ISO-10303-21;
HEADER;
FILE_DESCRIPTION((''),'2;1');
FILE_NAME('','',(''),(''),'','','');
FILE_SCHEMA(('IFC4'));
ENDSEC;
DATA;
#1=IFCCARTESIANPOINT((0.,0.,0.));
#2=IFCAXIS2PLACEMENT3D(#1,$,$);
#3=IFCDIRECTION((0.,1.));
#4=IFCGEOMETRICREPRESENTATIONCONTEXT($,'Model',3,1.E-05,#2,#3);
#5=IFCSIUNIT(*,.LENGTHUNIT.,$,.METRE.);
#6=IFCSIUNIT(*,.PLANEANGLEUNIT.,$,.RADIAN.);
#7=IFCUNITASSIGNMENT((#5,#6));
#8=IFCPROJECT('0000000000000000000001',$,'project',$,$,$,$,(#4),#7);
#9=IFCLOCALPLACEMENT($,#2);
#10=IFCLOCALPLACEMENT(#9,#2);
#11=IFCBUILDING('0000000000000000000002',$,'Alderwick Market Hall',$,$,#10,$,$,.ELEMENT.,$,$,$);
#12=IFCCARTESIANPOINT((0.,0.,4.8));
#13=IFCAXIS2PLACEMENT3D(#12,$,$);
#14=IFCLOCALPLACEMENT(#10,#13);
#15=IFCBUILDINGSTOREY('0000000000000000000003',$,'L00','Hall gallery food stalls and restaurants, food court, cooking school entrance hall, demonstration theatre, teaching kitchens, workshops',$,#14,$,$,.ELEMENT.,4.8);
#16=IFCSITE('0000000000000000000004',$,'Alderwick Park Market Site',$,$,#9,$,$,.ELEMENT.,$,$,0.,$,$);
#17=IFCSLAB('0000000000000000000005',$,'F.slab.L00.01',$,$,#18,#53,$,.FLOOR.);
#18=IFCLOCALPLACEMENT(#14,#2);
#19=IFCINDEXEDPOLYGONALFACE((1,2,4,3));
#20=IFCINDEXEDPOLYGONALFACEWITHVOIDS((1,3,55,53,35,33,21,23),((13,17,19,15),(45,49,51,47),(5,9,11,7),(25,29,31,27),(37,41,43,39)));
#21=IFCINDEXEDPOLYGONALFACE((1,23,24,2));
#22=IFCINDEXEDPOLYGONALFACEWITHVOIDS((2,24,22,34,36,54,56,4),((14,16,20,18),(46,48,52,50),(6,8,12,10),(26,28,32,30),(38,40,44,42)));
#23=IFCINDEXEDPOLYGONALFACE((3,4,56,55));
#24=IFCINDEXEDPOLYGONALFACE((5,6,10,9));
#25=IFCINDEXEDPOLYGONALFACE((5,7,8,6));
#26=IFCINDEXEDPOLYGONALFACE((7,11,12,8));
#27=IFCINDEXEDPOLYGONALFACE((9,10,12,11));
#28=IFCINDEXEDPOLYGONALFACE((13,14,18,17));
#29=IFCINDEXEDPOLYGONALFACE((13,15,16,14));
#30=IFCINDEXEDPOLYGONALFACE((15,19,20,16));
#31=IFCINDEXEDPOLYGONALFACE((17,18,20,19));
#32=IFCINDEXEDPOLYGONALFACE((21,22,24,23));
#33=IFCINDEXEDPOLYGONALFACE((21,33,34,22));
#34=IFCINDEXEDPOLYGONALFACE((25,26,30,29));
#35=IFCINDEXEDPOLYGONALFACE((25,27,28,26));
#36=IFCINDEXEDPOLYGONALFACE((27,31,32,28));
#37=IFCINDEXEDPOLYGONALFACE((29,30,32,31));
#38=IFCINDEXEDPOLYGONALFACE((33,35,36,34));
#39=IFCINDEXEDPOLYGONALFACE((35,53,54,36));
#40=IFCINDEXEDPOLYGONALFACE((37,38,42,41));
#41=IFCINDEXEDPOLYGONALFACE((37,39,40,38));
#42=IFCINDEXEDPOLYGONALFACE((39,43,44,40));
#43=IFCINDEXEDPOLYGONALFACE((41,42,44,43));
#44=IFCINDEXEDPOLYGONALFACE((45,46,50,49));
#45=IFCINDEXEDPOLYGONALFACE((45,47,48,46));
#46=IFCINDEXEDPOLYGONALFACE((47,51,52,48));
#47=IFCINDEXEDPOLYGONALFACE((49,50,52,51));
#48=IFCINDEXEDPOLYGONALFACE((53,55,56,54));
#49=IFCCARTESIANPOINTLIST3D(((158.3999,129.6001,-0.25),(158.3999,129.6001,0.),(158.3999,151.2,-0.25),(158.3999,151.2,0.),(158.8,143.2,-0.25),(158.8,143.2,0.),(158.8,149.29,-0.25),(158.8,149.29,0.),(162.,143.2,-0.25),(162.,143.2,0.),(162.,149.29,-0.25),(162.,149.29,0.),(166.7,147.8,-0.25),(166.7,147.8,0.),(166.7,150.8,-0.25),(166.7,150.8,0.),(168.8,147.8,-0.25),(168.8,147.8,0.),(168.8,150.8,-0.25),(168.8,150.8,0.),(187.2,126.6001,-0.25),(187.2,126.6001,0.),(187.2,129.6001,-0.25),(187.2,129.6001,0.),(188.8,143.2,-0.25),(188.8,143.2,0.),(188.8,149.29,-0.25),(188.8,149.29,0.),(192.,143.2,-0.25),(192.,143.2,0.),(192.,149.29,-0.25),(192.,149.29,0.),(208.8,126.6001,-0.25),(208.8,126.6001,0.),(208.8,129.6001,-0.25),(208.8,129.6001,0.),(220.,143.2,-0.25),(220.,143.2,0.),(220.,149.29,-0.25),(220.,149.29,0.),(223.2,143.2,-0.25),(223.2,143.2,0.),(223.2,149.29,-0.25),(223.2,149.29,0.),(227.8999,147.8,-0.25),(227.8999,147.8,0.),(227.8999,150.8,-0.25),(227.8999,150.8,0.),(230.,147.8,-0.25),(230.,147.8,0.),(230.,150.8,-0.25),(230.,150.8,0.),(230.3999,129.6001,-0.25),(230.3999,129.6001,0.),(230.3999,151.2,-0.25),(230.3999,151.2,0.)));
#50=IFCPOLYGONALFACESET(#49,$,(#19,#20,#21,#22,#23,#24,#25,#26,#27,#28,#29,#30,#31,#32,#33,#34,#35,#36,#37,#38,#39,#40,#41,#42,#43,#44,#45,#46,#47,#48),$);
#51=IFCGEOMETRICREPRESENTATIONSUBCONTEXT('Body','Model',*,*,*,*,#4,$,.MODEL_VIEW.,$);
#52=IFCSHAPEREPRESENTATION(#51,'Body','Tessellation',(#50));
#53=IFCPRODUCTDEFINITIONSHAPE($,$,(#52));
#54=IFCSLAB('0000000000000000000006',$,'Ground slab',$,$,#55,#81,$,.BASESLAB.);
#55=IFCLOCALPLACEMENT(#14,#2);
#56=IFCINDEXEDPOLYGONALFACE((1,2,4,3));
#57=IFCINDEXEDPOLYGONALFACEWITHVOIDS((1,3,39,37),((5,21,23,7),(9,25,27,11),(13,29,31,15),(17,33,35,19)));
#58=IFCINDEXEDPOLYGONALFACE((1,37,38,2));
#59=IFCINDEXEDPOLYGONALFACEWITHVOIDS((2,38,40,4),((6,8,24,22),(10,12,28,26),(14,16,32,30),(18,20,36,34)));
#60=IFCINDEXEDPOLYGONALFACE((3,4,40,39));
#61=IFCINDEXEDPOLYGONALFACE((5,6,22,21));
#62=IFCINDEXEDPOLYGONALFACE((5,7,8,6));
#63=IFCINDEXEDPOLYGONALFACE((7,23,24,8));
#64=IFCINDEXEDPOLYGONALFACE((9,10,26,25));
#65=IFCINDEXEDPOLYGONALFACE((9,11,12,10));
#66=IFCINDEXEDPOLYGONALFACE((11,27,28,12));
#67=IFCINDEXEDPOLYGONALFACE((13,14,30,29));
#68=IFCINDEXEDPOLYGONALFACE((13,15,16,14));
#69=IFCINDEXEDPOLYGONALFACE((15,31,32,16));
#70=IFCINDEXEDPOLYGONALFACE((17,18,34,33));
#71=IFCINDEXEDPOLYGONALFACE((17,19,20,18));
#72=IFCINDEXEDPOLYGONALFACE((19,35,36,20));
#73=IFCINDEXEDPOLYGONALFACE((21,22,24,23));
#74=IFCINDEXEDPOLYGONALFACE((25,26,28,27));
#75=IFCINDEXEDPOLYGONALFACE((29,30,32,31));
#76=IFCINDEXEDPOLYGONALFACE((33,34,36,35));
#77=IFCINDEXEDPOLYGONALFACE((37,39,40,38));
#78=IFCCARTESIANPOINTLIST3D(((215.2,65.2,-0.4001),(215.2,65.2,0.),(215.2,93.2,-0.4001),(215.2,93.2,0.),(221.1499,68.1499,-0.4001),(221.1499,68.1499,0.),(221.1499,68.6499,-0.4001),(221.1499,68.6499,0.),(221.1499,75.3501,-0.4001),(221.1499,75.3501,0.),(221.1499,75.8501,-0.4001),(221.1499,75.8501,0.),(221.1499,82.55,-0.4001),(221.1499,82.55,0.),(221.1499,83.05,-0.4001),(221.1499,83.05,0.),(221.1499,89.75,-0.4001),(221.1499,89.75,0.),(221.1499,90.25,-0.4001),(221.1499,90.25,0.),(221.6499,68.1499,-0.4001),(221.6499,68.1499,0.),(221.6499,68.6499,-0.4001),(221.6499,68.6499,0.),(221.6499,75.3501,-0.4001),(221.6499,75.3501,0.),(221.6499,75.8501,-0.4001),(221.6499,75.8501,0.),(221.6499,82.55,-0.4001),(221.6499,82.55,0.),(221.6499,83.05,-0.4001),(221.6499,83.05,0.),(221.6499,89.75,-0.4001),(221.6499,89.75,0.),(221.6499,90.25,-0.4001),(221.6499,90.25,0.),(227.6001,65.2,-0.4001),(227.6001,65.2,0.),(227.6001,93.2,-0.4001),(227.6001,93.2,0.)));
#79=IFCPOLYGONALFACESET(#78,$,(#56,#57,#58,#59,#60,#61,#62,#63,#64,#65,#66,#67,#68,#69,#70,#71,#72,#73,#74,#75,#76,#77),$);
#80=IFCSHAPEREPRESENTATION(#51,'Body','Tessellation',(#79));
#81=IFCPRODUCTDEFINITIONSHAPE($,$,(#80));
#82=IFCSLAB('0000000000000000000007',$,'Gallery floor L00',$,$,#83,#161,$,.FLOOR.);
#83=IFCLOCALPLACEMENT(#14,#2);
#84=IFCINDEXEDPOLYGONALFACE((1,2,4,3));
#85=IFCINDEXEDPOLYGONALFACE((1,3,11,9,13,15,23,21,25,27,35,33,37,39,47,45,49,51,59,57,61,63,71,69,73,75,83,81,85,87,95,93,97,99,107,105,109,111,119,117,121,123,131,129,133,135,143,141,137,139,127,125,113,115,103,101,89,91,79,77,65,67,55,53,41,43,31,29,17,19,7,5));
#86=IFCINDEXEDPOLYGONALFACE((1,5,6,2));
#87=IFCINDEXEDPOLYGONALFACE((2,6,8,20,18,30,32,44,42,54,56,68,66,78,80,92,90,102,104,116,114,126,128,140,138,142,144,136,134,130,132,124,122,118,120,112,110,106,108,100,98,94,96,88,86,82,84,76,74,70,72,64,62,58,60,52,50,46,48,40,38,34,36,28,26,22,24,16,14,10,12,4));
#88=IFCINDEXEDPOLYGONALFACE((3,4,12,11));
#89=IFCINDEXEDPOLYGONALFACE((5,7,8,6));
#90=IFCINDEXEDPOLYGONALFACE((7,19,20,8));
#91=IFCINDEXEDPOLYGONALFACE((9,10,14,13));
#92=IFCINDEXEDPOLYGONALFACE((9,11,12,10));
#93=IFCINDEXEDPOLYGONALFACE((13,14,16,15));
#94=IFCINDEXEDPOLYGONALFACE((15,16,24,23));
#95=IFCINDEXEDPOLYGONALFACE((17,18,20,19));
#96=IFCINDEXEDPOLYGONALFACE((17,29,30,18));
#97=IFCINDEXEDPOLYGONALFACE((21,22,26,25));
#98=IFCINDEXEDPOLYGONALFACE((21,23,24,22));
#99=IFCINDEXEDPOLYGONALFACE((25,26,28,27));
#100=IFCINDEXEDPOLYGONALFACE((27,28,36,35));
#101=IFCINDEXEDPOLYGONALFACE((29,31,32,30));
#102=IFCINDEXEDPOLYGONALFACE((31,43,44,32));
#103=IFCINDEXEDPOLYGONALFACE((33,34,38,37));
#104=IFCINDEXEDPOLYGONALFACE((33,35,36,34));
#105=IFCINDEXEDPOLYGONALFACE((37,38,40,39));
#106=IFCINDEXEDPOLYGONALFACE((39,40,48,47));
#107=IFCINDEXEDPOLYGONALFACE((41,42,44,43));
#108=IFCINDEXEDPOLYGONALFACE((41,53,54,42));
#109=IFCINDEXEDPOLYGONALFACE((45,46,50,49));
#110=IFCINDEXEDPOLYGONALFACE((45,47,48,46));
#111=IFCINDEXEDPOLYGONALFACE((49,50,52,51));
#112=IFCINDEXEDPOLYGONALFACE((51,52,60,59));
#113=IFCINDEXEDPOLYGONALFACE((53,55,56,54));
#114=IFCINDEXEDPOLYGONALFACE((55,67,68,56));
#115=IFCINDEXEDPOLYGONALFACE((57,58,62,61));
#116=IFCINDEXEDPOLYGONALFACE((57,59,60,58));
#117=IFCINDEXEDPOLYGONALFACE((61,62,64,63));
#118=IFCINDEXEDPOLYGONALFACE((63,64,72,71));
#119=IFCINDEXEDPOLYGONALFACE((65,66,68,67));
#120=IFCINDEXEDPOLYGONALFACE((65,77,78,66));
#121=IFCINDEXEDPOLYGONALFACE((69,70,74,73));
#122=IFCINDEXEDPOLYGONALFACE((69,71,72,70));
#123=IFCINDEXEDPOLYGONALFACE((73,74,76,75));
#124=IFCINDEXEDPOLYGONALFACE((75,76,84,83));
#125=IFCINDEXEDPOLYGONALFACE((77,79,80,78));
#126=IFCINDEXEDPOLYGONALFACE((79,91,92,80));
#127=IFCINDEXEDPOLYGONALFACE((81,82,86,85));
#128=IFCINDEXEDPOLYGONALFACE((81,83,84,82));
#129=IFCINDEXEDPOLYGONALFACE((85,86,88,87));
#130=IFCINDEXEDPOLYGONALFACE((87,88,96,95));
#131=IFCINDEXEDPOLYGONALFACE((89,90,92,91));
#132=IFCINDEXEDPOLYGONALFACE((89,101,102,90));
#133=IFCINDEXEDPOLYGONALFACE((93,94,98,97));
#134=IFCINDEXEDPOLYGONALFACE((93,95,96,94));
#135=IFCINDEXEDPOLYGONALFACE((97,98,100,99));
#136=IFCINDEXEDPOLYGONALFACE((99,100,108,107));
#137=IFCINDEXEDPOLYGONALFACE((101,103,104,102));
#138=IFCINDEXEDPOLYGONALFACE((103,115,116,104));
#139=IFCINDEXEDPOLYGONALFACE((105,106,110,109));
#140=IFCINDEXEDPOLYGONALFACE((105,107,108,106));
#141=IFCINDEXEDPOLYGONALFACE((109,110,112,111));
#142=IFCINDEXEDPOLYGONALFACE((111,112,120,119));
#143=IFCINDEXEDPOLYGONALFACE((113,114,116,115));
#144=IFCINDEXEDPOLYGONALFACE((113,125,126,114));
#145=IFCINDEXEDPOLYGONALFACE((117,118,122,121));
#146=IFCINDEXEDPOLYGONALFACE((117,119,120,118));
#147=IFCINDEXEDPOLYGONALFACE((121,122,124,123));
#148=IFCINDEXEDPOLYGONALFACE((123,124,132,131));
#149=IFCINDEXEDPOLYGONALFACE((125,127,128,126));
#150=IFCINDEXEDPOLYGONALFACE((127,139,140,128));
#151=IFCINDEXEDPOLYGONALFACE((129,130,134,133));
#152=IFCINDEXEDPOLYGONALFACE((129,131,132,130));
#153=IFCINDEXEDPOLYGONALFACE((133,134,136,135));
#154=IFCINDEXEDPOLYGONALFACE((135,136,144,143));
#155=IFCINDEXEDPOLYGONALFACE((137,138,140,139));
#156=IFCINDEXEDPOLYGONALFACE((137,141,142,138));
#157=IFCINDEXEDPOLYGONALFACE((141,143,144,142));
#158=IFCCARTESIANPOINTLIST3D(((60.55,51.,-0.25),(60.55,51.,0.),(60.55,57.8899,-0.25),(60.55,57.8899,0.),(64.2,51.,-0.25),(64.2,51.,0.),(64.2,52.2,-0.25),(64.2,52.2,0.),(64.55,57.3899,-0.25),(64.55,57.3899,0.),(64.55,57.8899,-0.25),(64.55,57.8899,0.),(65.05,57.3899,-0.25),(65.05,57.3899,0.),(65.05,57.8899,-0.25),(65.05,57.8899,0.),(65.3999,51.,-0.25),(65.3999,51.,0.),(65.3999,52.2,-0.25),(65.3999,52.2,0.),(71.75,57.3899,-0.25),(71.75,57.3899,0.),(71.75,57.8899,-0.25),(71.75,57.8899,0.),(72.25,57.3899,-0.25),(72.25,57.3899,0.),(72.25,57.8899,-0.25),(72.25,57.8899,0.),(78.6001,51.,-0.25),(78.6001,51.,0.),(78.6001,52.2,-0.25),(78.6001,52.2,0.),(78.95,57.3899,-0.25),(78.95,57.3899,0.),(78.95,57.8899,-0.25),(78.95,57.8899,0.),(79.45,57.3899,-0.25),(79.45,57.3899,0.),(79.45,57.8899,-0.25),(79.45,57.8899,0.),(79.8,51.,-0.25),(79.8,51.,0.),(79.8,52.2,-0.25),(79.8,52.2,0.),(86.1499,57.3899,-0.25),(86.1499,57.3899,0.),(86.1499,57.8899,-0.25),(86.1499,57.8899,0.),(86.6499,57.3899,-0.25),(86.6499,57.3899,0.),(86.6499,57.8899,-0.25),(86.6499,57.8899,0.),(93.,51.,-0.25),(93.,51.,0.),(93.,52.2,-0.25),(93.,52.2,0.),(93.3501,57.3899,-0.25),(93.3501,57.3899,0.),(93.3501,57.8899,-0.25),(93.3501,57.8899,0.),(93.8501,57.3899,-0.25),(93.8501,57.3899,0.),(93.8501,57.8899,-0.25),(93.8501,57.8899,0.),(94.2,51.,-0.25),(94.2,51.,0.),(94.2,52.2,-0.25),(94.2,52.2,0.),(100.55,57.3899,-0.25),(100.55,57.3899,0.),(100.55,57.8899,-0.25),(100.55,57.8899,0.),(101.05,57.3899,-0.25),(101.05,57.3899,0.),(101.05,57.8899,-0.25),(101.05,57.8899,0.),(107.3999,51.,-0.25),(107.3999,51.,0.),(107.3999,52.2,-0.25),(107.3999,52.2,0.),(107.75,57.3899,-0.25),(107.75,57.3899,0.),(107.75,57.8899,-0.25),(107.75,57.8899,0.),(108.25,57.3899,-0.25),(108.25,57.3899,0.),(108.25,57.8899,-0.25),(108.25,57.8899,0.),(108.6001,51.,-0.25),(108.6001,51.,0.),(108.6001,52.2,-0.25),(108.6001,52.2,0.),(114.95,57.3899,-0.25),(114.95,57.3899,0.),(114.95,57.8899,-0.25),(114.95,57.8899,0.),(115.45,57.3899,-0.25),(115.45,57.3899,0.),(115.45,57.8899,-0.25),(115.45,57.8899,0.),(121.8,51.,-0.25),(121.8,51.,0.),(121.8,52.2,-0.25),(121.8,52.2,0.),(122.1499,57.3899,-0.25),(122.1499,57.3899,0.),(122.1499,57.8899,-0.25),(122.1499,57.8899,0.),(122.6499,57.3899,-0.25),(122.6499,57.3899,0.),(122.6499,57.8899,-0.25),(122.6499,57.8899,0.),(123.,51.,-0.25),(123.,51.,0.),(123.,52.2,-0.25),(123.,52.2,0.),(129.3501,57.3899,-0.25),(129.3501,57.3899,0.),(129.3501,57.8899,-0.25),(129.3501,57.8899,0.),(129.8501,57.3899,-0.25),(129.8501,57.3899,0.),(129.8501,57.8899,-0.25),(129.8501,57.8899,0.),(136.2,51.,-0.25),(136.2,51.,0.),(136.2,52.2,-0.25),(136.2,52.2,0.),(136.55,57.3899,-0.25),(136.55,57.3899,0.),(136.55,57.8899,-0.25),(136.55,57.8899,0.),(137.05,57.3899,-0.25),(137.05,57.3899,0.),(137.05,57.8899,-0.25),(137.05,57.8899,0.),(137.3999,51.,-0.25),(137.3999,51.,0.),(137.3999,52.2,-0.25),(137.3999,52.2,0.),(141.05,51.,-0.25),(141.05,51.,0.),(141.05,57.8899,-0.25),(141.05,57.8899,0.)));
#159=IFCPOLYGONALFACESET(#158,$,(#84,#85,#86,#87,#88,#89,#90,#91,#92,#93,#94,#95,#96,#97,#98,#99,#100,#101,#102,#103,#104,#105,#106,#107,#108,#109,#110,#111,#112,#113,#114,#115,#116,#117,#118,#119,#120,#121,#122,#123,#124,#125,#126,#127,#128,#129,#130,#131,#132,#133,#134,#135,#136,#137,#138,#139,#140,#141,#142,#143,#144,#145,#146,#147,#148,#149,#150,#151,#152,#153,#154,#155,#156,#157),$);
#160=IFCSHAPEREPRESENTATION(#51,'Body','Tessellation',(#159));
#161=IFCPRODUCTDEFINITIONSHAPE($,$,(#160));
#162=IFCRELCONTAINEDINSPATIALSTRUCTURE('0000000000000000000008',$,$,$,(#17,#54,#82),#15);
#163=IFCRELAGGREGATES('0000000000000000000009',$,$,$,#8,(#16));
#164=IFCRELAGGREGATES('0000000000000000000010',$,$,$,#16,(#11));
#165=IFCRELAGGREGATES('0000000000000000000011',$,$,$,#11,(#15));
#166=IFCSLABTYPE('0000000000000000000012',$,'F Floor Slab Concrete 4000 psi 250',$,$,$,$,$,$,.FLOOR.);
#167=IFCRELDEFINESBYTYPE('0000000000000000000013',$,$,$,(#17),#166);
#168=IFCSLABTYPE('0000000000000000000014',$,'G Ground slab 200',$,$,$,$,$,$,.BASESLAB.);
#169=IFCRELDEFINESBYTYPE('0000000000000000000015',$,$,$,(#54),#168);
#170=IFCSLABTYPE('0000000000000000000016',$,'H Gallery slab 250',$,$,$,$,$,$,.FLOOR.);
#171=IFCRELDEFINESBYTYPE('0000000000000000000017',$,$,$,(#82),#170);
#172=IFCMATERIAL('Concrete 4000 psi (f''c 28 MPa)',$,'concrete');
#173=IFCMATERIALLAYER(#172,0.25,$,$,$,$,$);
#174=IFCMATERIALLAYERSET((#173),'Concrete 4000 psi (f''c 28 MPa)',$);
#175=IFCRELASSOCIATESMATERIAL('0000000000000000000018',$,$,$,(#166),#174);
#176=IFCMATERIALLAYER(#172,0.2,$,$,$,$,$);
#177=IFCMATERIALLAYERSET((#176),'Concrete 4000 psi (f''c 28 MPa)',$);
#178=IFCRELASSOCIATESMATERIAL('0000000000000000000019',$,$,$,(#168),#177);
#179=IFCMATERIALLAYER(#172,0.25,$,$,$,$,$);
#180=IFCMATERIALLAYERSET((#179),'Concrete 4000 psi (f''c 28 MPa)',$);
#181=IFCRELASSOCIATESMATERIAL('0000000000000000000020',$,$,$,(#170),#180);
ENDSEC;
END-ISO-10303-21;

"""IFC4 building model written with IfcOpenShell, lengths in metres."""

from ifc_helpers import new_model, si_unit, direction, frame, origin, place, context, subcontext, project, spatial, polyline, outline, extrude, material, layer, layer_set, type_object, element, save


model = new_model("IFC4")

# Units and contexts
model_context = context("Model", 3, precision=1e-05, world=origin(), true_north=direction((0.0, 1.0)))
body_context = subcontext(model_context, "Body", "Model", "MODEL_VIEW")
ifc_project = project(units=[si_unit("LENGTHUNIT", "METRE"), si_unit("PLANEANGLEUNIT", "RADIAN")], contexts=[model_context])

# Site, building, storey
site_placement = place(None, origin())
site = spatial("IfcSite", under=ifc_project, at=site_placement, Name="Alderwick Park Market Site", CompositionType="ELEMENT", RefElevation=0.0)
building_placement = place(site_placement, origin())
building = spatial("IfcBuilding", under=site, at=building_placement, Name="Alderwick Market Hall", CompositionType="ELEMENT")
storey_placement = place(building_placement, frame((0.0, 0.0, 4.8)))
storey = spatial("IfcBuildingStorey", under=building, at=storey_placement, Name="L00", Description="Hall gallery food stalls and restaurants, food court, cooking school entrance hall, demonstration theatre, teaching kitchens, workshops", CompositionType="ELEMENT", Elevation=4.8)

# Shared definitions
ifc_material_1 = material(Name="Concrete 4000 psi (f'c 28 MPa)", Category="concrete")

# Slabs
ifc_layer_1 = layer(ifc_material_1, 0.25)
ifc_layer_set_1 = layer_set([ifc_layer_1], Name="Concrete 4000 psi (f'c 28 MPa)")
slab_type_1 = type_object("IfcSlabType", Name="F Floor Slab Concrete 4000 psi 250", PredefinedType="FLOOR", material=ifc_layer_set_1)
slab_1_placement = place(storey_placement, frame((0.0, 0.0, -0.25)))
element("IfcSlab", 1, at=slab_1_placement, inside=storey, type_object=slab_type_1, Name="F.slab.L00.01", PredefinedType="FLOOR", context=body_context, shape_type="SweptSolid", body=[
    extrude(outline(polyline([(158.3999, 129.6001), (158.3999, 151.2), (230.3999, 151.2), (230.3999, 129.6001), (208.8, 129.6001), (208.8, 126.6001), (187.2, 126.6001), (187.2, 129.6001), (158.3999, 129.6001)]), holes=[polyline([(158.8, 143.2), (162.0, 143.2), (162.0, 149.29), (158.8, 149.29), (158.8, 143.2)]), polyline([(166.7, 147.8), (168.8, 147.8), (168.8, 150.8), (166.7, 150.8), (166.7, 147.8)]), polyline([(188.8, 143.2), (192.0, 143.2), (192.0, 149.29), (188.8, 149.29), (188.8, 143.2)]), polyline([(220.0, 143.2), (223.2, 143.2), (223.2, 149.29), (220.0, 149.29), (220.0, 143.2)]), polyline([(227.8999, 147.8), (230.0, 147.8), (230.0, 150.8), (227.8999, 150.8), (227.8999, 147.8)])]), origin(), (0.0, 0.0, 1.0), 0.25),
])
ifc_layer_2 = layer(ifc_material_1, 0.2)
ifc_layer_set_2 = layer_set([ifc_layer_2], Name="Concrete 4000 psi (f'c 28 MPa)")
slab_type_2 = type_object("IfcSlabType", Name="G Ground slab 200", PredefinedType="BASESLAB", material=ifc_layer_set_2)
slab_2_placement = place(storey_placement, frame((0.0, 0.0, -0.4001)))
element("IfcSlab", 2, at=slab_2_placement, inside=storey, type_object=slab_type_2, Name="Ground slab", PredefinedType="BASESLAB", context=body_context, shape_type="SweptSolid", body=[
    extrude(outline(polyline([(215.2, 65.2), (227.6001, 65.2), (227.6001, 93.2), (215.2, 93.2), (215.2, 65.2)]), holes=[polyline([(221.1499, 68.1499), (221.6499, 68.1499), (221.6499, 68.6499), (221.1499, 68.6499), (221.1499, 68.1499)]), polyline([(221.1499, 75.3501), (221.6499, 75.3501), (221.6499, 75.8501), (221.1499, 75.8501), (221.1499, 75.3501)]), polyline([(221.1499, 82.55), (221.6499, 82.55), (221.6499, 83.05), (221.1499, 83.05), (221.1499, 82.55)]), polyline([(221.1499, 89.75), (221.6499, 89.75), (221.6499, 90.25), (221.1499, 90.25), (221.1499, 89.75)])]), origin(), (0.0, 0.0, 1.0), 0.4001),
])
ifc_layer_3 = layer(ifc_material_1, 0.25)
ifc_layer_set_3 = layer_set([ifc_layer_3], Name="Concrete 4000 psi (f'c 28 MPa)")
slab_type_3 = type_object("IfcSlabType", Name="H Gallery slab 250", PredefinedType="FLOOR", material=ifc_layer_set_3)
slab_3_placement = place(storey_placement, frame((0.0, 0.0, -0.25)))
element("IfcSlab", 3, at=slab_3_placement, inside=storey, type_object=slab_type_3, Name="Gallery floor L00", PredefinedType="FLOOR", context=body_context, shape_type="SweptSolid", body=[
    extrude(outline(polyline([(137.3999, 52.2), (136.2, 52.2), (136.2, 51.0), (123.0, 51.0), (123.0, 52.2), (121.8, 52.2), (121.8, 51.0), (108.6001, 51.0), (108.6001, 52.2), (107.3999, 52.2), (107.3999, 51.0), (94.2, 51.0), (94.2, 52.2), (93.0, 52.2), (93.0, 51.0), (79.8, 51.0), (79.8, 52.2), (78.6001, 52.2), (78.6001, 51.0), (65.3999, 51.0), (65.3999, 52.2), (64.2, 52.2), (64.2, 51.0), (60.55, 51.0), (60.55, 57.8899), (64.55, 57.8899), (64.55, 57.3899), (65.05, 57.3899), (65.05, 57.8899), (71.75, 57.8899), (71.75, 57.3899), (72.25, 57.3899), (72.25, 57.8899), (78.95, 57.8899), (78.95, 57.3899), (79.45, 57.3899), (79.45, 57.8899), (86.1499, 57.8899), (86.1499, 57.3899), (86.6499, 57.3899), (86.6499, 57.8899), (93.3501, 57.8899), (93.3501, 57.3899), (93.8501, 57.3899), (93.8501, 57.8899), (100.55, 57.8899), (100.55, 57.3899), (101.05, 57.3899), (101.05, 57.8899), (107.75, 57.8899), (107.75, 57.3899), (108.25, 57.3899), (108.25, 57.8899), (114.95, 57.8899), (114.95, 57.3899), (115.45, 57.3899), (115.45, 57.8899), (122.1499, 57.8899), (122.1499, 57.3899), (122.6499, 57.3899), (122.6499, 57.8899), (129.3501, 57.8899), (129.3501, 57.3899), (129.8501, 57.3899), (129.8501, 57.8899), (136.55, 57.8899), (136.55, 57.3899), (137.05, 57.3899), (137.05, 57.8899), (141.05, 57.8899), (141.05, 51.0), (137.3999, 51.0), (137.3999, 52.2)])), origin(), (0.0, 0.0, 1.0), 0.25),
])

save(model, "model.ifc")
